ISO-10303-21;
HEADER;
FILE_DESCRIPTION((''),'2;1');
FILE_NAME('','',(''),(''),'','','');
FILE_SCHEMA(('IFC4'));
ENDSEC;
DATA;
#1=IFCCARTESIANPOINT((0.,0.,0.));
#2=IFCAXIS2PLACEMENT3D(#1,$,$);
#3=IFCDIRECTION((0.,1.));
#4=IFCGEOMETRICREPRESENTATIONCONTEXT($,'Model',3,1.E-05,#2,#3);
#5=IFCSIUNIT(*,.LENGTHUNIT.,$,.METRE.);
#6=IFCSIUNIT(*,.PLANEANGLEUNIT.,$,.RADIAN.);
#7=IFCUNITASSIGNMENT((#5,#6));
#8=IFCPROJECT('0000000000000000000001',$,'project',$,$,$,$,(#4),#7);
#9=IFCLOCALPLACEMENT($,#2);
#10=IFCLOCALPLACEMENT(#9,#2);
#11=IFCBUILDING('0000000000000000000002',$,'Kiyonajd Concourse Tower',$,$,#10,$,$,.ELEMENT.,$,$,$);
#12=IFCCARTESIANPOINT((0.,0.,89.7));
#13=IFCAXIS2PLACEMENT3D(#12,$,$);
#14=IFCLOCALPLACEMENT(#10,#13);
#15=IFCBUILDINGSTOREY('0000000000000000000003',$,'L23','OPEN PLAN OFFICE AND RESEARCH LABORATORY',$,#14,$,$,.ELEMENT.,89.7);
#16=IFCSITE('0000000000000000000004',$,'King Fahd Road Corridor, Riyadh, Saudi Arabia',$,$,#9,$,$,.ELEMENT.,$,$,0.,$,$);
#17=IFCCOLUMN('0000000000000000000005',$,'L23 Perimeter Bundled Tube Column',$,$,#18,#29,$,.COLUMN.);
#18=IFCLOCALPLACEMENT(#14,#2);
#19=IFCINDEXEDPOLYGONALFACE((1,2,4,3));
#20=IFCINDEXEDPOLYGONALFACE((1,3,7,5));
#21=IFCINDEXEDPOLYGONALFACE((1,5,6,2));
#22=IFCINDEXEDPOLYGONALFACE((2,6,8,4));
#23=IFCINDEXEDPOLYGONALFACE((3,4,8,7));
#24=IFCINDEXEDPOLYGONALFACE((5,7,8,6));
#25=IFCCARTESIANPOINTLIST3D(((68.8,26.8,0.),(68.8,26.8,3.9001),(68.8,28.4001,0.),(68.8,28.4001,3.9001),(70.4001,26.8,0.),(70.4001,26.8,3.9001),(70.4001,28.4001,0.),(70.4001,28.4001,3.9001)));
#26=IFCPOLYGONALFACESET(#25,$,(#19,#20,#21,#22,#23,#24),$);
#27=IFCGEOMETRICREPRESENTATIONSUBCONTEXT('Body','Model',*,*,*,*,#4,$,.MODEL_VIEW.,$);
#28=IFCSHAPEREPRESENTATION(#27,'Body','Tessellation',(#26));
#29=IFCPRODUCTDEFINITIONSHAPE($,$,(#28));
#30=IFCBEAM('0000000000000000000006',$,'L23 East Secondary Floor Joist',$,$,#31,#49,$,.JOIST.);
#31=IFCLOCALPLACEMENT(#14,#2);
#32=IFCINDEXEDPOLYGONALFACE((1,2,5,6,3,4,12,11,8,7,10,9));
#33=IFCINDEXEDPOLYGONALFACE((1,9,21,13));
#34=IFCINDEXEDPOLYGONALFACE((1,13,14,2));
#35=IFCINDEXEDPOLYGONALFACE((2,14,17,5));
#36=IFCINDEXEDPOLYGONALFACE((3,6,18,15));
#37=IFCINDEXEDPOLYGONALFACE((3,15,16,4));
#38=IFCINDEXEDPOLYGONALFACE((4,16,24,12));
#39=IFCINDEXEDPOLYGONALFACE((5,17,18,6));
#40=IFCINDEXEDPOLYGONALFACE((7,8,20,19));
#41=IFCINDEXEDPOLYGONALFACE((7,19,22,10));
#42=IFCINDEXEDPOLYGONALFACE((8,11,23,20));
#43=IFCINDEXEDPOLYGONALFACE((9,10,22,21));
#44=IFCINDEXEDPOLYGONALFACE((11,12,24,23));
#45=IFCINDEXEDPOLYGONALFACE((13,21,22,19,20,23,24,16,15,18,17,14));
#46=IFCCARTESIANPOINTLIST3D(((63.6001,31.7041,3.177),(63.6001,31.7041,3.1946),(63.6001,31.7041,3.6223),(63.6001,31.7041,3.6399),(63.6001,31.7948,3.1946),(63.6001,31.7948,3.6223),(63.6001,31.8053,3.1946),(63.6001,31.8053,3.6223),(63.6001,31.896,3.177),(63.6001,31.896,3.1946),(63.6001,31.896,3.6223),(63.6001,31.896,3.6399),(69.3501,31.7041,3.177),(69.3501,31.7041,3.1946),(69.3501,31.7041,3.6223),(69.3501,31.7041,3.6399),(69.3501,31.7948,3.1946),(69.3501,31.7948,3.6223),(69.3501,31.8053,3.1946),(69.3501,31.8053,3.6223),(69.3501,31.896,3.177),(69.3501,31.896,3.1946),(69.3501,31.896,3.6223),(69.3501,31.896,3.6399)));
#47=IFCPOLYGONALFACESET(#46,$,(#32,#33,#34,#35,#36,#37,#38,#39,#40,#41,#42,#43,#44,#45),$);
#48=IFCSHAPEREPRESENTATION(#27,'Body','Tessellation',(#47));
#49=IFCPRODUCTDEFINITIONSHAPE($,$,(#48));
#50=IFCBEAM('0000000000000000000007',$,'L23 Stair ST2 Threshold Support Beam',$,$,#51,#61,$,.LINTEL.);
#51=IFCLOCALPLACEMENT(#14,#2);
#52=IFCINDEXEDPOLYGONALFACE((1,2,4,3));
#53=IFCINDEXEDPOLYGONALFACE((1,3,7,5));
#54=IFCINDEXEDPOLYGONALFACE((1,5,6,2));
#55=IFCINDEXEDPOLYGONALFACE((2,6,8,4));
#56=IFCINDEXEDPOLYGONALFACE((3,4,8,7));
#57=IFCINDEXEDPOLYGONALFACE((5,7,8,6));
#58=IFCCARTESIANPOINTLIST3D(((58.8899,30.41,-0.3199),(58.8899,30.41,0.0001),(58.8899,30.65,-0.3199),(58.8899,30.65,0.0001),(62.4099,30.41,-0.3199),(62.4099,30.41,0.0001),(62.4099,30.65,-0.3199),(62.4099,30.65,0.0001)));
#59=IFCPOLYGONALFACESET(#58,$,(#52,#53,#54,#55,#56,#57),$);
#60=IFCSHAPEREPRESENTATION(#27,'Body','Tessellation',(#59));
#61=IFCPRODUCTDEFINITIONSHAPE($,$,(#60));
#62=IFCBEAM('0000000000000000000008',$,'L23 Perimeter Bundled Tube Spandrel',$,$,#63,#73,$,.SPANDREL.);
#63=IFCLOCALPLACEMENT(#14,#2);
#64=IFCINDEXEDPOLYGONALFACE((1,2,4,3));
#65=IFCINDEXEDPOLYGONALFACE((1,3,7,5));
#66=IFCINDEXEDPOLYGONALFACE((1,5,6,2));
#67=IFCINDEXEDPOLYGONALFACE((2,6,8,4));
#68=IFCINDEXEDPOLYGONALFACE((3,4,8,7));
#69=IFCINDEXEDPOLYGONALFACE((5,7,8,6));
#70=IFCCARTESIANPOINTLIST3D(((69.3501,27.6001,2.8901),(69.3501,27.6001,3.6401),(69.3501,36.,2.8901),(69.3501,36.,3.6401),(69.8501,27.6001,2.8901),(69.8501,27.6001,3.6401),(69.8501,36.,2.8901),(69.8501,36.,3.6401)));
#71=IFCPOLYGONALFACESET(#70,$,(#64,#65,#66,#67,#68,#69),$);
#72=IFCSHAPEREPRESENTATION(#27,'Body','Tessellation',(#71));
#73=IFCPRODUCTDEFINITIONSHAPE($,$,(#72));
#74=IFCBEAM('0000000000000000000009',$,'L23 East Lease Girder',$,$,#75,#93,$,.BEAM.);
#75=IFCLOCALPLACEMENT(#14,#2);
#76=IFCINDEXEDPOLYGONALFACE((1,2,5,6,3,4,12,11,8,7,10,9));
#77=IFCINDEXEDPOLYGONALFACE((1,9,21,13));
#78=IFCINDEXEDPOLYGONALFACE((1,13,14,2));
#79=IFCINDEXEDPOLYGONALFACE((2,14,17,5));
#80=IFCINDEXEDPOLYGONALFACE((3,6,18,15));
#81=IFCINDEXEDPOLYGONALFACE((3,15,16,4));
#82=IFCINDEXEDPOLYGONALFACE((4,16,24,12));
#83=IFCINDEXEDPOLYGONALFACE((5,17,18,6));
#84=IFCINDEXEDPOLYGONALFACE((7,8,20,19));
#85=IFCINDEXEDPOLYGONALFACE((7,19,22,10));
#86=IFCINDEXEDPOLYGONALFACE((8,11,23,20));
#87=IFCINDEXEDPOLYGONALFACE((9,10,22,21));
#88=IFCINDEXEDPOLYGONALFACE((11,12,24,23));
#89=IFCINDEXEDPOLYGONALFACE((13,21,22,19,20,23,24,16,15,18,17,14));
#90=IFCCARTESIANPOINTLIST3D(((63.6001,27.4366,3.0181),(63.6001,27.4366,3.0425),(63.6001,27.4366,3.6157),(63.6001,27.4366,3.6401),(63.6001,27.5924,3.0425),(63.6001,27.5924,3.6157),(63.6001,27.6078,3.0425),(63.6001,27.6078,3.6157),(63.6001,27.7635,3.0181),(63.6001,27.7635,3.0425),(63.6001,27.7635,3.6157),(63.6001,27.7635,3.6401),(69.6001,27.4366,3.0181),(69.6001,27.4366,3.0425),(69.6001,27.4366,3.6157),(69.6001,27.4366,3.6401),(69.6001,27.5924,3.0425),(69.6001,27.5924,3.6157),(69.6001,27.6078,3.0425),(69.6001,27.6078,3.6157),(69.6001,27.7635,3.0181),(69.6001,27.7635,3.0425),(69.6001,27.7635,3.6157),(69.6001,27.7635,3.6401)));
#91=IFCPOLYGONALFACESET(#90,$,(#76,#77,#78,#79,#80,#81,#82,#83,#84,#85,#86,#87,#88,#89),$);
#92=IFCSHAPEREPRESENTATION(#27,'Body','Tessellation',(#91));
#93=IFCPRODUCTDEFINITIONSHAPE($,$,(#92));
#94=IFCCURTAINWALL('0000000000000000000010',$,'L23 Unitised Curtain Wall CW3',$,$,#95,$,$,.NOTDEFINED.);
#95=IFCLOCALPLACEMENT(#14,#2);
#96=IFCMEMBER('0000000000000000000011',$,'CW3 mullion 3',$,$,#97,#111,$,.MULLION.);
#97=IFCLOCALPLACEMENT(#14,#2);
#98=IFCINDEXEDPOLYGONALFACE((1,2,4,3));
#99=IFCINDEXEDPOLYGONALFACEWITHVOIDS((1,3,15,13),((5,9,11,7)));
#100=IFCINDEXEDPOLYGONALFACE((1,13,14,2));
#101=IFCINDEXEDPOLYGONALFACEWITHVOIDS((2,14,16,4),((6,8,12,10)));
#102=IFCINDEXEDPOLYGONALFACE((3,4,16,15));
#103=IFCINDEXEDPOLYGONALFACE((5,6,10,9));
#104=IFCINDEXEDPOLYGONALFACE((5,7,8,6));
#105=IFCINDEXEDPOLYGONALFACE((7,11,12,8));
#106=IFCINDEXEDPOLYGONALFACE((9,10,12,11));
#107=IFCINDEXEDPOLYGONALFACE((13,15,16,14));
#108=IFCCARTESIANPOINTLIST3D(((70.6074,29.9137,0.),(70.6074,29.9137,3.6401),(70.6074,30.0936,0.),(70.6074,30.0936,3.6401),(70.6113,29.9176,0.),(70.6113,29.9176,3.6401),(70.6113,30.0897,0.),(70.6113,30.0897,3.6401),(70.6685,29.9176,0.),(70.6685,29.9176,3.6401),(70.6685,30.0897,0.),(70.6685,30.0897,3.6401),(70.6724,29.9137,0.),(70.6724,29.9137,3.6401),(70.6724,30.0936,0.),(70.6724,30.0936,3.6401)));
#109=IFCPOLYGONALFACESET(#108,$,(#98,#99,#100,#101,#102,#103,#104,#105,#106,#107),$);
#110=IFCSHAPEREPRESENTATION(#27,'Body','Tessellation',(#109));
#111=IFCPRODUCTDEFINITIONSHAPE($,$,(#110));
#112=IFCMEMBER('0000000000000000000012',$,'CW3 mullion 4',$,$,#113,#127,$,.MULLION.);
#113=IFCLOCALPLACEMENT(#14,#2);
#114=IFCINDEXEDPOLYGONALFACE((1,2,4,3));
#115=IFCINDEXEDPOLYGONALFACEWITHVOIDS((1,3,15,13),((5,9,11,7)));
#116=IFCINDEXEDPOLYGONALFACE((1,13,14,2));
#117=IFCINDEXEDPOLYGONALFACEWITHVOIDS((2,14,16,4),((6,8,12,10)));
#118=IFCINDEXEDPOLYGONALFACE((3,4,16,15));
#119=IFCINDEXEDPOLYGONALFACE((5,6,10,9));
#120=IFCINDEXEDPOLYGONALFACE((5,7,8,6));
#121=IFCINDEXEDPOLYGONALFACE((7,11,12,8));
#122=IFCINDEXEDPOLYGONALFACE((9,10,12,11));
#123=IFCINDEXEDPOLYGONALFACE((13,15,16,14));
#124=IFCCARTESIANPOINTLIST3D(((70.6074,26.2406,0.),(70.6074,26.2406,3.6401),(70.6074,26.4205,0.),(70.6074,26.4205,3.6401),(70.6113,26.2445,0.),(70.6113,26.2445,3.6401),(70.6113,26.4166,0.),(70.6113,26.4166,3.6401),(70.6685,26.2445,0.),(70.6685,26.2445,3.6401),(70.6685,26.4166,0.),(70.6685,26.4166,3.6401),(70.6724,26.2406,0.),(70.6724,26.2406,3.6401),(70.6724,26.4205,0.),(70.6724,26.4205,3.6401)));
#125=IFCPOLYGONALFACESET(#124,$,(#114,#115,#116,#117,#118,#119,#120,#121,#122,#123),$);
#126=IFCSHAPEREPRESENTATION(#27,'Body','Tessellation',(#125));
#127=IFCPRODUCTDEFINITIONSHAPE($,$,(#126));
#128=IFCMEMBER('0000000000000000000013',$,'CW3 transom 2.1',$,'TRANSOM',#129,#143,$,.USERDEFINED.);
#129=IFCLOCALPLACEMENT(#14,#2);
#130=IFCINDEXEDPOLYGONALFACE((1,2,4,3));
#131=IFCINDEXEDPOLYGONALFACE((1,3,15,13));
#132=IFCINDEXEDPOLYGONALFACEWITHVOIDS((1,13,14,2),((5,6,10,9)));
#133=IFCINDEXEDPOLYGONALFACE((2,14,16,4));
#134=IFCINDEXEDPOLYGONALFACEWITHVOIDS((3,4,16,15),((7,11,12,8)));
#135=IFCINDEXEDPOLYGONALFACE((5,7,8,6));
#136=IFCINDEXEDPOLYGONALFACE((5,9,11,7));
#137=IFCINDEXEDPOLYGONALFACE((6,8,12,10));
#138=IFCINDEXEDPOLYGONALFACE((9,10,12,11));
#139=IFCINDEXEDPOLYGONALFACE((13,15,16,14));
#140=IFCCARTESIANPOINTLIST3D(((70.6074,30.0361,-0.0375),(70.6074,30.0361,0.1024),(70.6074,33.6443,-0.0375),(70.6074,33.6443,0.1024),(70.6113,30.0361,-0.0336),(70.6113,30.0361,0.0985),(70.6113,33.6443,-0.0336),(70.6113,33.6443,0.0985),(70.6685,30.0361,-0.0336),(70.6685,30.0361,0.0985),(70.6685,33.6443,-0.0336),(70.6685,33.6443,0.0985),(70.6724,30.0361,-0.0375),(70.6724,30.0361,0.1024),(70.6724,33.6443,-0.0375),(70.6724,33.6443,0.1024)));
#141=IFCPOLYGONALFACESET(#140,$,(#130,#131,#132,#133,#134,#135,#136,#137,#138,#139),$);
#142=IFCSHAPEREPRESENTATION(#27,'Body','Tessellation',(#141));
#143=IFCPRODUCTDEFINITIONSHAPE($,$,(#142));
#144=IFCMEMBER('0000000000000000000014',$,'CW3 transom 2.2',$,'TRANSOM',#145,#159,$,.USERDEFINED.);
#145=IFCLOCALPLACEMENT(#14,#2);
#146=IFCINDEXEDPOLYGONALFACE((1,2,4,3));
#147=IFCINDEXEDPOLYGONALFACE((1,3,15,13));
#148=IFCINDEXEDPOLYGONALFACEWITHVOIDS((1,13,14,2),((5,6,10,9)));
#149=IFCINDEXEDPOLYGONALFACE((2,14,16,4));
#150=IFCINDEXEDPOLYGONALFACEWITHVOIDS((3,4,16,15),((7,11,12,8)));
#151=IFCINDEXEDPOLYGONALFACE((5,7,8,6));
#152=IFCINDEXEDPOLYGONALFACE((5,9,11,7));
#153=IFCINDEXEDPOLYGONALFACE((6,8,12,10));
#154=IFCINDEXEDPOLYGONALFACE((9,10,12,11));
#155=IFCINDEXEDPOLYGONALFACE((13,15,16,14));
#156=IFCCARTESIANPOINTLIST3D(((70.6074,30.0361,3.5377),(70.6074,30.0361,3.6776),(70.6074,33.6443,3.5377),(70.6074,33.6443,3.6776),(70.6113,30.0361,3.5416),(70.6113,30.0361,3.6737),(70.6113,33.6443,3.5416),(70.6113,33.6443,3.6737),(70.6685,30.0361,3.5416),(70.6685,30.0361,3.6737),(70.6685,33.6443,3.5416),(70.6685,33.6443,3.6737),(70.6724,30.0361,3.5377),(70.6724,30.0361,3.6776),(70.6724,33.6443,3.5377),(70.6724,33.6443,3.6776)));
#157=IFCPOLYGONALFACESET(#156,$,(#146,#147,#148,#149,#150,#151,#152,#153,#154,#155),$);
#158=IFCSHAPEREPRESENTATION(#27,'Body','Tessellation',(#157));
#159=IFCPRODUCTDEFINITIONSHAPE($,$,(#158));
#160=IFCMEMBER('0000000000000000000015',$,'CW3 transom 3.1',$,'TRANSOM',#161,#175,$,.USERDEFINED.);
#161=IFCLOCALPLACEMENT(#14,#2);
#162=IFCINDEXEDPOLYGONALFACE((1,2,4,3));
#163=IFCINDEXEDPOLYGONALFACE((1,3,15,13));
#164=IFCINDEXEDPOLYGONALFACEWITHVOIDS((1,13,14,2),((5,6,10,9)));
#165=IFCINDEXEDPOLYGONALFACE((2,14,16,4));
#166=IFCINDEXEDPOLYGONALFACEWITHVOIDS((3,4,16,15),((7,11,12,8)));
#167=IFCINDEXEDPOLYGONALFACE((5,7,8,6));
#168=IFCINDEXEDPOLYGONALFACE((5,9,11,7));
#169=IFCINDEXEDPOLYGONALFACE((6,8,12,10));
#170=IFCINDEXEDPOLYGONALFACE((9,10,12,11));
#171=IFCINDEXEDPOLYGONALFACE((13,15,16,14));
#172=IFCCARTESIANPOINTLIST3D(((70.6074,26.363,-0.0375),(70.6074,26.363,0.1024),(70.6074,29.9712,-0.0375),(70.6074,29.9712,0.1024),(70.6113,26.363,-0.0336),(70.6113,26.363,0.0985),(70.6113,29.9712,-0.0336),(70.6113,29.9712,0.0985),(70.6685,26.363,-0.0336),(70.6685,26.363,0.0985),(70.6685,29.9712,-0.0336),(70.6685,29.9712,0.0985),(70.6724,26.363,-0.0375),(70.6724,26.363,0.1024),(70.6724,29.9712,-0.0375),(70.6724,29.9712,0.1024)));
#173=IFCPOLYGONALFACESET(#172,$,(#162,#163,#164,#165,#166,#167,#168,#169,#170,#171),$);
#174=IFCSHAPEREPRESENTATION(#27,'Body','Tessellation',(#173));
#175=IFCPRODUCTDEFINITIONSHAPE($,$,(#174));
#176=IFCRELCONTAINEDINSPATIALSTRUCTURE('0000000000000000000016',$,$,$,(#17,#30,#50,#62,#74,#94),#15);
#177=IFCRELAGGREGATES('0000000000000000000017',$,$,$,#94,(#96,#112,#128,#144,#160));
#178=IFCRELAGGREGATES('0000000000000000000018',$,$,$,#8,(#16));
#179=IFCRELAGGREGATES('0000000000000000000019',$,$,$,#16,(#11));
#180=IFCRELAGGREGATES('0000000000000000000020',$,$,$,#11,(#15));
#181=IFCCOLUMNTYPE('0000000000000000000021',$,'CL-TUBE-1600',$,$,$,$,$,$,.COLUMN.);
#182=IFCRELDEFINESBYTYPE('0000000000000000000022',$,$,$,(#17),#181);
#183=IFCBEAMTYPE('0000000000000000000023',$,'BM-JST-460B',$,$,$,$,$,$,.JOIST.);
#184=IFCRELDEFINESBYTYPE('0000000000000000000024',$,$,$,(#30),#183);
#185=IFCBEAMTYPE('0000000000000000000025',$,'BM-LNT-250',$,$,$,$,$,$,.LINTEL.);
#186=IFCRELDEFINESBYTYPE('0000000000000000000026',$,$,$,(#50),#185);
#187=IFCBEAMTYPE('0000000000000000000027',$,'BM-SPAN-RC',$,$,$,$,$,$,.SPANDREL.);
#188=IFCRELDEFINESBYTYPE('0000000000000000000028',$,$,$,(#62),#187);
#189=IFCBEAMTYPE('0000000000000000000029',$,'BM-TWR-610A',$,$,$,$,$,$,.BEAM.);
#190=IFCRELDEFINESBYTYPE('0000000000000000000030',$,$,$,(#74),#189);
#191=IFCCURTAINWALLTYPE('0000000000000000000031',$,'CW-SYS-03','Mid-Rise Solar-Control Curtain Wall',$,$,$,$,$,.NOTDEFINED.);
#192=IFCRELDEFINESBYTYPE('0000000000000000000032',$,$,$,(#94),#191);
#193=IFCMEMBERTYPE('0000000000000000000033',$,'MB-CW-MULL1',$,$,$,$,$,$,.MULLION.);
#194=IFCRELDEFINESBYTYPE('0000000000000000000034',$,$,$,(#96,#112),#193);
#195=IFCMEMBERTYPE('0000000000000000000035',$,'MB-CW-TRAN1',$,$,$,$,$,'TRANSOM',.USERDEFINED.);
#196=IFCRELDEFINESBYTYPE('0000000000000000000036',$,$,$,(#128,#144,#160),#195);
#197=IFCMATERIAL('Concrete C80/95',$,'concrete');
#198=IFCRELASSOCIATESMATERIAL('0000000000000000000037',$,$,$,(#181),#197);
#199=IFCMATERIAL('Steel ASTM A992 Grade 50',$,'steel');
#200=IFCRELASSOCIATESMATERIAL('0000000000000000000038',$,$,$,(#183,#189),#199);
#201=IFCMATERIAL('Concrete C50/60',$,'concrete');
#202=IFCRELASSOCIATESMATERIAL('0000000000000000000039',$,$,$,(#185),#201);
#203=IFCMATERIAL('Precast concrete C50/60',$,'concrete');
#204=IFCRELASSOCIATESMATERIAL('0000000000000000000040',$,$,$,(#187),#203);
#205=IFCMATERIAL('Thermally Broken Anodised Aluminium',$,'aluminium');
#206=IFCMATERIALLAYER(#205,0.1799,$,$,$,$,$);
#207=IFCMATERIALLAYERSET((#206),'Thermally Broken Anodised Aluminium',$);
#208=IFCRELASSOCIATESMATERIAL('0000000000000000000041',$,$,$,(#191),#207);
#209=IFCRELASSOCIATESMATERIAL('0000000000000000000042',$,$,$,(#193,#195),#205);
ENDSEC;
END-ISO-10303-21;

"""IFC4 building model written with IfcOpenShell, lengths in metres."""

from ifc_helpers import new_model, si_unit, direction, frame, origin, origin_2d, place, context, subcontext, project, spatial, rectangle, hollow_rectangle, i_section, extrude, material, layer, layer_set, material_profile, profile_set, type_object, element, aggregate, save


model = new_model("IFC4")

# Units and contexts
model_context = context("Model", 3, precision=1e-05, world=origin(), true_north=direction((0.0, 1.0)))
body_context = subcontext(model_context, "Body", "Model", "MODEL_VIEW")
ifc_project = project(units=[si_unit("LENGTHUNIT", "METRE"), si_unit("PLANEANGLEUNIT", "RADIAN")], contexts=[model_context])

# Site, building, storey
site_placement = place(None, origin())
site = spatial("IfcSite", under=ifc_project, at=site_placement, Name="King Fahd Road Corridor, Riyadh, Saudi Arabia", CompositionType="ELEMENT", RefElevation=0.0)
building_placement = place(site_placement, origin())
building = spatial("IfcBuilding", under=site, at=building_placement, Name="Kiyonajd Concourse Tower", CompositionType="ELEMENT")
storey_placement = place(building_placement, frame((0.0, 0.0, 89.7)))
storey = spatial("IfcBuildingStorey", under=building, at=storey_placement, Name="L23", Description="OPEN PLAN OFFICE AND RESEARCH LABORATORY", CompositionType="ELEMENT", Elevation=89.7)

# Column
ifc_material_1 = material(Name="Concrete C80/95", Category="concrete")
ifc_material_profile_1 = material_profile(ifc_material_1, rectangle(XDim=1.6001, YDim=1.6001, at=origin_2d()), Name="RC-1600x1600")
ifc_profile_set_1 = profile_set([ifc_material_profile_1], Name="Concrete C80/95")
column_type = type_object("IfcColumnType", Name="CL-TUBE-1600", PredefinedType="COLUMN", material=ifc_profile_set_1)
column_placement = place(storey_placement, frame((69.6001, 27.6001, 0.0), z_axis=(0.0, 0.0, 1.0), x_axis=(1.0, 0.0, 0.0)))
element("IfcColumn", 1, at=column_placement, inside=storey, type_object=column_type, Name="L23 Perimeter Bundled Tube Column", PredefinedType="COLUMN", context=body_context, shape_type="SweptSolid", body=[
    extrude(rectangle(XDim=1.6001, YDim=1.6001, at=origin_2d()), origin(), (0.0, 0.0, 1.0), 3.9001),
])

# Beams
ifc_material_2 = material(Name="Steel ASTM A992 Grade 50", Category="steel")
ifc_material_profile_2 = material_profile(ifc_material_2, i_section(OverallWidth=0.1919, OverallDepth=0.4629, WebThickness=0.0105, FlangeThickness=0.0176, at=origin_2d()), Name="W460X89")
ifc_profile_set_2 = profile_set([ifc_material_profile_2], Name="Steel ASTM A992 Grade 50")
beam_type_1 = type_object("IfcBeamType", Name="BM-JST-460B", PredefinedType="JOIST", material=ifc_profile_set_2)
beam_1_placement = place(storey_placement, frame((63.6001, 31.8, 3.4084), z_axis=(1.0, 0.0, 0.0), x_axis=(0.0, 1.0, 0.0)))
element("IfcBeam", 2, at=beam_1_placement, inside=storey, type_object=beam_type_1, Name="L23 East Secondary Floor Joist", PredefinedType="JOIST", context=body_context, shape_type="SweptSolid", body=[
    extrude(i_section(OverallWidth=0.1919, OverallDepth=0.4629, WebThickness=0.0105, FlangeThickness=0.0176, at=origin_2d()), origin(), (0.0, 0.0, 1.0), 5.75),
])
ifc_material_3 = material(Name="Concrete C50/60", Category="concrete")
ifc_material_profile_3 = material_profile(ifc_material_3, rectangle(XDim=0.24, YDim=0.3201, at=origin_2d()), Name="RCBM-240x320")
ifc_profile_set_3 = profile_set([ifc_material_profile_3], Name="Concrete C50/60")
beam_type_2 = type_object("IfcBeamType", Name="BM-LNT-250", PredefinedType="LINTEL", material=ifc_profile_set_3)
beam_2_placement = place(storey_placement, frame((58.8899, 30.53, -0.1599), z_axis=(1.0, 0.0, 0.0), x_axis=(0.0, 1.0, 0.0)))
element("IfcBeam", 3, at=beam_2_placement, inside=storey, type_object=beam_type_2, Name="L23 Stair ST2 Threshold Support Beam", PredefinedType="LINTEL", context=body_context, shape_type="SweptSolid", body=[
    extrude(rectangle(XDim=0.24, YDim=0.3201, at=origin_2d()), origin(), (0.0, 0.0, 1.0), 3.52),
])
ifc_material_4 = material(Name="Precast concrete C50/60", Category="concrete")
ifc_material_profile_4 = material_profile(ifc_material_4, rectangle(XDim=0.5, YDim=0.75, at=origin_2d()), Name="RCBM-500x750")
ifc_profile_set_4 = profile_set([ifc_material_profile_4], Name="Precast concrete C50/60")
beam_type_3 = type_object("IfcBeamType", Name="BM-SPAN-RC", PredefinedType="SPANDREL", material=ifc_profile_set_4)
beam_3_placement = place(storey_placement, frame((69.6001, 27.6001, 3.2651), z_axis=(0.0, 1.0, 0.0), x_axis=(-1.0, 0.0, 0.0)))
element("IfcBeam", 4, at=beam_3_placement, inside=storey, type_object=beam_type_3, Name="L23 Perimeter Bundled Tube Spandrel", PredefinedType="SPANDREL", context=body_context, shape_type="SweptSolid", body=[
    extrude(rectangle(XDim=0.5, YDim=0.75, at=origin_2d()), origin(), (0.0, 0.0, 1.0), 8.3999),
])
ifc_material_profile_5 = material_profile(ifc_material_2, i_section(OverallWidth=0.3269, OverallDepth=0.6221, WebThickness=0.0154, FlangeThickness=0.0244, at=origin_2d()), Name="W610X195")
ifc_profile_set_5 = profile_set([ifc_material_profile_5], Name="Steel ASTM A992 Grade 50")
beam_type_4 = type_object("IfcBeamType", Name="BM-TWR-610A", PredefinedType="BEAM", material=ifc_profile_set_5)
beam_4_placement = place(storey_placement, frame((63.6001, 27.6001, 3.3291), z_axis=(1.0, 0.0, 0.0), x_axis=(0.0, 1.0, 0.0)))
element("IfcBeam", 5, at=beam_4_placement, inside=storey, type_object=beam_type_4, Name="L23 East Lease Girder", PredefinedType="BEAM", context=body_context, shape_type="SweptSolid", body=[
    extrude(i_section(OverallWidth=0.3269, OverallDepth=0.6221, WebThickness=0.0154, FlangeThickness=0.0244, at=origin_2d()), origin(), (0.0, 0.0, 1.0), 6.0),
])

# Curtain wall, members
ifc_material_5 = material(Name="Thermally Broken Anodised Aluminium", Category="aluminium")
ifc_layer_1 = layer(ifc_material_5, 0.1799)
ifc_layer_set_1 = layer_set([ifc_layer_1], Name="Thermally Broken Anodised Aluminium")
curtain_wall_type = type_object("IfcCurtainWallType", Name="CW-SYS-03", Description="Mid-Rise Solar-Control Curtain Wall", PredefinedType="NOTDEFINED", material=ifc_layer_set_1)
curtain_wall_placement = place(storey_placement, origin())
curtain_wall = element("IfcCurtainWall", 6, at=curtain_wall_placement, inside=storey, type_object=curtain_wall_type, Name="L23 Unitised Curtain Wall CW3", PredefinedType="NOTDEFINED")
ifc_material_profile_6 = material_profile(ifc_material_5, hollow_rectangle(XDim=0.0649, YDim=0.1799, WallThickness=0.0039, at=origin_2d()), Name="MULL-65x180")
ifc_profile_set_6 = profile_set([ifc_material_profile_6], Name="Thermally Broken Anodised Aluminium")
member_type_1 = type_object("IfcMemberType", Name="MB-CW-MULL1", PredefinedType="MULLION", material=ifc_profile_set_6)
member_1_placement = place(storey_placement, frame((70.6399, 30.0037, 0.0), z_axis=(0.0, 0.0, 1.0), x_axis=(1.0, 0.0, 0.0)))
member_1 = element("IfcMember", 7, at=member_1_placement, type_object=member_type_1, Name="CW3 mullion 3", PredefinedType="MULLION", context=body_context, shape_type="SweptSolid", body=[
    extrude(hollow_rectangle(XDim=0.0649, YDim=0.1799, WallThickness=0.0039, at=origin_2d()), origin(), (0.0, 0.0, 1.0), 3.6401),
])
member_2_placement = place(storey_placement, frame((70.6399, 26.3306, 0.0), z_axis=(0.0, 0.0, 1.0), x_axis=(1.0, 0.0, 0.0)))
member_2 = element("IfcMember", 8, at=member_2_placement, type_object=member_type_1, Name="CW3 mullion 4", PredefinedType="MULLION", context=body_context, shape_type="SweptSolid", body=[
    extrude(hollow_rectangle(XDim=0.0649, YDim=0.1799, WallThickness=0.0039, at=origin_2d()), origin(), (0.0, 0.0, 1.0), 3.6401),
])
ifc_material_profile_7 = material_profile(ifc_material_5, hollow_rectangle(XDim=0.0649, YDim=0.1399, WallThickness=0.0039, at=origin_2d()), Name="TRAN-65x140")
ifc_profile_set_7 = profile_set([ifc_material_profile_7], Name="Thermally Broken Anodised Aluminium")
member_type_2 = type_object("IfcMemberType", Name="MB-CW-TRAN1", ElementType="TRANSOM", PredefinedType="USERDEFINED", material=ifc_profile_set_7)
member_3_placement = place(storey_placement, frame((70.6399, 33.6443, 0.0325), z_axis=(0.0, -1.0, 0.0), x_axis=(1.0, 0.0, 0.0)))
member_3 = element("IfcMember", 9, at=member_3_placement, type_object=member_type_2, Name="CW3 transom 2.1", ObjectType="TRANSOM", PredefinedType="USERDEFINED", context=body_context, shape_type="SweptSolid", body=[
    extrude(hollow_rectangle(XDim=0.0649, YDim=0.1399, WallThickness=0.0039, at=origin_2d()), origin(), (0.0, 0.0, 1.0), 3.6082),
])
member_4_placement = place(storey_placement, frame((70.6399, 33.6443, 3.6077), z_axis=(0.0, -1.0, 0.0), x_axis=(1.0, 0.0, 0.0)))
member_4 = element("IfcMember", 10, at=member_4_placement, type_object=member_type_2, Name="CW3 transom 2.2", ObjectType="TRANSOM", PredefinedType="USERDEFINED", context=body_context, shape_type="SweptSolid", body=[
    extrude(hollow_rectangle(XDim=0.0649, YDim=0.1399, WallThickness=0.0039, at=origin_2d()), origin(), (0.0, 0.0, 1.0), 3.6082),
])
member_5_placement = place(storey_placement, frame((70.6399, 29.9712, 0.0325), z_axis=(0.0, -1.0, 0.0), x_axis=(1.0, 0.0, 0.0)))
member_5 = element("IfcMember", 11, at=member_5_placement, type_object=member_type_2, Name="CW3 transom 3.1", ObjectType="TRANSOM", PredefinedType="USERDEFINED", context=body_context, shape_type="SweptSolid", body=[
    extrude(hollow_rectangle(XDim=0.0649, YDim=0.1399, WallThickness=0.0039, at=origin_2d()), origin(), (0.0, 0.0, 1.0), 3.6082),
])
aggregate(curtain_wall, [member_1, member_2, member_3, member_4, member_5])

save(model, "model.ifc")
